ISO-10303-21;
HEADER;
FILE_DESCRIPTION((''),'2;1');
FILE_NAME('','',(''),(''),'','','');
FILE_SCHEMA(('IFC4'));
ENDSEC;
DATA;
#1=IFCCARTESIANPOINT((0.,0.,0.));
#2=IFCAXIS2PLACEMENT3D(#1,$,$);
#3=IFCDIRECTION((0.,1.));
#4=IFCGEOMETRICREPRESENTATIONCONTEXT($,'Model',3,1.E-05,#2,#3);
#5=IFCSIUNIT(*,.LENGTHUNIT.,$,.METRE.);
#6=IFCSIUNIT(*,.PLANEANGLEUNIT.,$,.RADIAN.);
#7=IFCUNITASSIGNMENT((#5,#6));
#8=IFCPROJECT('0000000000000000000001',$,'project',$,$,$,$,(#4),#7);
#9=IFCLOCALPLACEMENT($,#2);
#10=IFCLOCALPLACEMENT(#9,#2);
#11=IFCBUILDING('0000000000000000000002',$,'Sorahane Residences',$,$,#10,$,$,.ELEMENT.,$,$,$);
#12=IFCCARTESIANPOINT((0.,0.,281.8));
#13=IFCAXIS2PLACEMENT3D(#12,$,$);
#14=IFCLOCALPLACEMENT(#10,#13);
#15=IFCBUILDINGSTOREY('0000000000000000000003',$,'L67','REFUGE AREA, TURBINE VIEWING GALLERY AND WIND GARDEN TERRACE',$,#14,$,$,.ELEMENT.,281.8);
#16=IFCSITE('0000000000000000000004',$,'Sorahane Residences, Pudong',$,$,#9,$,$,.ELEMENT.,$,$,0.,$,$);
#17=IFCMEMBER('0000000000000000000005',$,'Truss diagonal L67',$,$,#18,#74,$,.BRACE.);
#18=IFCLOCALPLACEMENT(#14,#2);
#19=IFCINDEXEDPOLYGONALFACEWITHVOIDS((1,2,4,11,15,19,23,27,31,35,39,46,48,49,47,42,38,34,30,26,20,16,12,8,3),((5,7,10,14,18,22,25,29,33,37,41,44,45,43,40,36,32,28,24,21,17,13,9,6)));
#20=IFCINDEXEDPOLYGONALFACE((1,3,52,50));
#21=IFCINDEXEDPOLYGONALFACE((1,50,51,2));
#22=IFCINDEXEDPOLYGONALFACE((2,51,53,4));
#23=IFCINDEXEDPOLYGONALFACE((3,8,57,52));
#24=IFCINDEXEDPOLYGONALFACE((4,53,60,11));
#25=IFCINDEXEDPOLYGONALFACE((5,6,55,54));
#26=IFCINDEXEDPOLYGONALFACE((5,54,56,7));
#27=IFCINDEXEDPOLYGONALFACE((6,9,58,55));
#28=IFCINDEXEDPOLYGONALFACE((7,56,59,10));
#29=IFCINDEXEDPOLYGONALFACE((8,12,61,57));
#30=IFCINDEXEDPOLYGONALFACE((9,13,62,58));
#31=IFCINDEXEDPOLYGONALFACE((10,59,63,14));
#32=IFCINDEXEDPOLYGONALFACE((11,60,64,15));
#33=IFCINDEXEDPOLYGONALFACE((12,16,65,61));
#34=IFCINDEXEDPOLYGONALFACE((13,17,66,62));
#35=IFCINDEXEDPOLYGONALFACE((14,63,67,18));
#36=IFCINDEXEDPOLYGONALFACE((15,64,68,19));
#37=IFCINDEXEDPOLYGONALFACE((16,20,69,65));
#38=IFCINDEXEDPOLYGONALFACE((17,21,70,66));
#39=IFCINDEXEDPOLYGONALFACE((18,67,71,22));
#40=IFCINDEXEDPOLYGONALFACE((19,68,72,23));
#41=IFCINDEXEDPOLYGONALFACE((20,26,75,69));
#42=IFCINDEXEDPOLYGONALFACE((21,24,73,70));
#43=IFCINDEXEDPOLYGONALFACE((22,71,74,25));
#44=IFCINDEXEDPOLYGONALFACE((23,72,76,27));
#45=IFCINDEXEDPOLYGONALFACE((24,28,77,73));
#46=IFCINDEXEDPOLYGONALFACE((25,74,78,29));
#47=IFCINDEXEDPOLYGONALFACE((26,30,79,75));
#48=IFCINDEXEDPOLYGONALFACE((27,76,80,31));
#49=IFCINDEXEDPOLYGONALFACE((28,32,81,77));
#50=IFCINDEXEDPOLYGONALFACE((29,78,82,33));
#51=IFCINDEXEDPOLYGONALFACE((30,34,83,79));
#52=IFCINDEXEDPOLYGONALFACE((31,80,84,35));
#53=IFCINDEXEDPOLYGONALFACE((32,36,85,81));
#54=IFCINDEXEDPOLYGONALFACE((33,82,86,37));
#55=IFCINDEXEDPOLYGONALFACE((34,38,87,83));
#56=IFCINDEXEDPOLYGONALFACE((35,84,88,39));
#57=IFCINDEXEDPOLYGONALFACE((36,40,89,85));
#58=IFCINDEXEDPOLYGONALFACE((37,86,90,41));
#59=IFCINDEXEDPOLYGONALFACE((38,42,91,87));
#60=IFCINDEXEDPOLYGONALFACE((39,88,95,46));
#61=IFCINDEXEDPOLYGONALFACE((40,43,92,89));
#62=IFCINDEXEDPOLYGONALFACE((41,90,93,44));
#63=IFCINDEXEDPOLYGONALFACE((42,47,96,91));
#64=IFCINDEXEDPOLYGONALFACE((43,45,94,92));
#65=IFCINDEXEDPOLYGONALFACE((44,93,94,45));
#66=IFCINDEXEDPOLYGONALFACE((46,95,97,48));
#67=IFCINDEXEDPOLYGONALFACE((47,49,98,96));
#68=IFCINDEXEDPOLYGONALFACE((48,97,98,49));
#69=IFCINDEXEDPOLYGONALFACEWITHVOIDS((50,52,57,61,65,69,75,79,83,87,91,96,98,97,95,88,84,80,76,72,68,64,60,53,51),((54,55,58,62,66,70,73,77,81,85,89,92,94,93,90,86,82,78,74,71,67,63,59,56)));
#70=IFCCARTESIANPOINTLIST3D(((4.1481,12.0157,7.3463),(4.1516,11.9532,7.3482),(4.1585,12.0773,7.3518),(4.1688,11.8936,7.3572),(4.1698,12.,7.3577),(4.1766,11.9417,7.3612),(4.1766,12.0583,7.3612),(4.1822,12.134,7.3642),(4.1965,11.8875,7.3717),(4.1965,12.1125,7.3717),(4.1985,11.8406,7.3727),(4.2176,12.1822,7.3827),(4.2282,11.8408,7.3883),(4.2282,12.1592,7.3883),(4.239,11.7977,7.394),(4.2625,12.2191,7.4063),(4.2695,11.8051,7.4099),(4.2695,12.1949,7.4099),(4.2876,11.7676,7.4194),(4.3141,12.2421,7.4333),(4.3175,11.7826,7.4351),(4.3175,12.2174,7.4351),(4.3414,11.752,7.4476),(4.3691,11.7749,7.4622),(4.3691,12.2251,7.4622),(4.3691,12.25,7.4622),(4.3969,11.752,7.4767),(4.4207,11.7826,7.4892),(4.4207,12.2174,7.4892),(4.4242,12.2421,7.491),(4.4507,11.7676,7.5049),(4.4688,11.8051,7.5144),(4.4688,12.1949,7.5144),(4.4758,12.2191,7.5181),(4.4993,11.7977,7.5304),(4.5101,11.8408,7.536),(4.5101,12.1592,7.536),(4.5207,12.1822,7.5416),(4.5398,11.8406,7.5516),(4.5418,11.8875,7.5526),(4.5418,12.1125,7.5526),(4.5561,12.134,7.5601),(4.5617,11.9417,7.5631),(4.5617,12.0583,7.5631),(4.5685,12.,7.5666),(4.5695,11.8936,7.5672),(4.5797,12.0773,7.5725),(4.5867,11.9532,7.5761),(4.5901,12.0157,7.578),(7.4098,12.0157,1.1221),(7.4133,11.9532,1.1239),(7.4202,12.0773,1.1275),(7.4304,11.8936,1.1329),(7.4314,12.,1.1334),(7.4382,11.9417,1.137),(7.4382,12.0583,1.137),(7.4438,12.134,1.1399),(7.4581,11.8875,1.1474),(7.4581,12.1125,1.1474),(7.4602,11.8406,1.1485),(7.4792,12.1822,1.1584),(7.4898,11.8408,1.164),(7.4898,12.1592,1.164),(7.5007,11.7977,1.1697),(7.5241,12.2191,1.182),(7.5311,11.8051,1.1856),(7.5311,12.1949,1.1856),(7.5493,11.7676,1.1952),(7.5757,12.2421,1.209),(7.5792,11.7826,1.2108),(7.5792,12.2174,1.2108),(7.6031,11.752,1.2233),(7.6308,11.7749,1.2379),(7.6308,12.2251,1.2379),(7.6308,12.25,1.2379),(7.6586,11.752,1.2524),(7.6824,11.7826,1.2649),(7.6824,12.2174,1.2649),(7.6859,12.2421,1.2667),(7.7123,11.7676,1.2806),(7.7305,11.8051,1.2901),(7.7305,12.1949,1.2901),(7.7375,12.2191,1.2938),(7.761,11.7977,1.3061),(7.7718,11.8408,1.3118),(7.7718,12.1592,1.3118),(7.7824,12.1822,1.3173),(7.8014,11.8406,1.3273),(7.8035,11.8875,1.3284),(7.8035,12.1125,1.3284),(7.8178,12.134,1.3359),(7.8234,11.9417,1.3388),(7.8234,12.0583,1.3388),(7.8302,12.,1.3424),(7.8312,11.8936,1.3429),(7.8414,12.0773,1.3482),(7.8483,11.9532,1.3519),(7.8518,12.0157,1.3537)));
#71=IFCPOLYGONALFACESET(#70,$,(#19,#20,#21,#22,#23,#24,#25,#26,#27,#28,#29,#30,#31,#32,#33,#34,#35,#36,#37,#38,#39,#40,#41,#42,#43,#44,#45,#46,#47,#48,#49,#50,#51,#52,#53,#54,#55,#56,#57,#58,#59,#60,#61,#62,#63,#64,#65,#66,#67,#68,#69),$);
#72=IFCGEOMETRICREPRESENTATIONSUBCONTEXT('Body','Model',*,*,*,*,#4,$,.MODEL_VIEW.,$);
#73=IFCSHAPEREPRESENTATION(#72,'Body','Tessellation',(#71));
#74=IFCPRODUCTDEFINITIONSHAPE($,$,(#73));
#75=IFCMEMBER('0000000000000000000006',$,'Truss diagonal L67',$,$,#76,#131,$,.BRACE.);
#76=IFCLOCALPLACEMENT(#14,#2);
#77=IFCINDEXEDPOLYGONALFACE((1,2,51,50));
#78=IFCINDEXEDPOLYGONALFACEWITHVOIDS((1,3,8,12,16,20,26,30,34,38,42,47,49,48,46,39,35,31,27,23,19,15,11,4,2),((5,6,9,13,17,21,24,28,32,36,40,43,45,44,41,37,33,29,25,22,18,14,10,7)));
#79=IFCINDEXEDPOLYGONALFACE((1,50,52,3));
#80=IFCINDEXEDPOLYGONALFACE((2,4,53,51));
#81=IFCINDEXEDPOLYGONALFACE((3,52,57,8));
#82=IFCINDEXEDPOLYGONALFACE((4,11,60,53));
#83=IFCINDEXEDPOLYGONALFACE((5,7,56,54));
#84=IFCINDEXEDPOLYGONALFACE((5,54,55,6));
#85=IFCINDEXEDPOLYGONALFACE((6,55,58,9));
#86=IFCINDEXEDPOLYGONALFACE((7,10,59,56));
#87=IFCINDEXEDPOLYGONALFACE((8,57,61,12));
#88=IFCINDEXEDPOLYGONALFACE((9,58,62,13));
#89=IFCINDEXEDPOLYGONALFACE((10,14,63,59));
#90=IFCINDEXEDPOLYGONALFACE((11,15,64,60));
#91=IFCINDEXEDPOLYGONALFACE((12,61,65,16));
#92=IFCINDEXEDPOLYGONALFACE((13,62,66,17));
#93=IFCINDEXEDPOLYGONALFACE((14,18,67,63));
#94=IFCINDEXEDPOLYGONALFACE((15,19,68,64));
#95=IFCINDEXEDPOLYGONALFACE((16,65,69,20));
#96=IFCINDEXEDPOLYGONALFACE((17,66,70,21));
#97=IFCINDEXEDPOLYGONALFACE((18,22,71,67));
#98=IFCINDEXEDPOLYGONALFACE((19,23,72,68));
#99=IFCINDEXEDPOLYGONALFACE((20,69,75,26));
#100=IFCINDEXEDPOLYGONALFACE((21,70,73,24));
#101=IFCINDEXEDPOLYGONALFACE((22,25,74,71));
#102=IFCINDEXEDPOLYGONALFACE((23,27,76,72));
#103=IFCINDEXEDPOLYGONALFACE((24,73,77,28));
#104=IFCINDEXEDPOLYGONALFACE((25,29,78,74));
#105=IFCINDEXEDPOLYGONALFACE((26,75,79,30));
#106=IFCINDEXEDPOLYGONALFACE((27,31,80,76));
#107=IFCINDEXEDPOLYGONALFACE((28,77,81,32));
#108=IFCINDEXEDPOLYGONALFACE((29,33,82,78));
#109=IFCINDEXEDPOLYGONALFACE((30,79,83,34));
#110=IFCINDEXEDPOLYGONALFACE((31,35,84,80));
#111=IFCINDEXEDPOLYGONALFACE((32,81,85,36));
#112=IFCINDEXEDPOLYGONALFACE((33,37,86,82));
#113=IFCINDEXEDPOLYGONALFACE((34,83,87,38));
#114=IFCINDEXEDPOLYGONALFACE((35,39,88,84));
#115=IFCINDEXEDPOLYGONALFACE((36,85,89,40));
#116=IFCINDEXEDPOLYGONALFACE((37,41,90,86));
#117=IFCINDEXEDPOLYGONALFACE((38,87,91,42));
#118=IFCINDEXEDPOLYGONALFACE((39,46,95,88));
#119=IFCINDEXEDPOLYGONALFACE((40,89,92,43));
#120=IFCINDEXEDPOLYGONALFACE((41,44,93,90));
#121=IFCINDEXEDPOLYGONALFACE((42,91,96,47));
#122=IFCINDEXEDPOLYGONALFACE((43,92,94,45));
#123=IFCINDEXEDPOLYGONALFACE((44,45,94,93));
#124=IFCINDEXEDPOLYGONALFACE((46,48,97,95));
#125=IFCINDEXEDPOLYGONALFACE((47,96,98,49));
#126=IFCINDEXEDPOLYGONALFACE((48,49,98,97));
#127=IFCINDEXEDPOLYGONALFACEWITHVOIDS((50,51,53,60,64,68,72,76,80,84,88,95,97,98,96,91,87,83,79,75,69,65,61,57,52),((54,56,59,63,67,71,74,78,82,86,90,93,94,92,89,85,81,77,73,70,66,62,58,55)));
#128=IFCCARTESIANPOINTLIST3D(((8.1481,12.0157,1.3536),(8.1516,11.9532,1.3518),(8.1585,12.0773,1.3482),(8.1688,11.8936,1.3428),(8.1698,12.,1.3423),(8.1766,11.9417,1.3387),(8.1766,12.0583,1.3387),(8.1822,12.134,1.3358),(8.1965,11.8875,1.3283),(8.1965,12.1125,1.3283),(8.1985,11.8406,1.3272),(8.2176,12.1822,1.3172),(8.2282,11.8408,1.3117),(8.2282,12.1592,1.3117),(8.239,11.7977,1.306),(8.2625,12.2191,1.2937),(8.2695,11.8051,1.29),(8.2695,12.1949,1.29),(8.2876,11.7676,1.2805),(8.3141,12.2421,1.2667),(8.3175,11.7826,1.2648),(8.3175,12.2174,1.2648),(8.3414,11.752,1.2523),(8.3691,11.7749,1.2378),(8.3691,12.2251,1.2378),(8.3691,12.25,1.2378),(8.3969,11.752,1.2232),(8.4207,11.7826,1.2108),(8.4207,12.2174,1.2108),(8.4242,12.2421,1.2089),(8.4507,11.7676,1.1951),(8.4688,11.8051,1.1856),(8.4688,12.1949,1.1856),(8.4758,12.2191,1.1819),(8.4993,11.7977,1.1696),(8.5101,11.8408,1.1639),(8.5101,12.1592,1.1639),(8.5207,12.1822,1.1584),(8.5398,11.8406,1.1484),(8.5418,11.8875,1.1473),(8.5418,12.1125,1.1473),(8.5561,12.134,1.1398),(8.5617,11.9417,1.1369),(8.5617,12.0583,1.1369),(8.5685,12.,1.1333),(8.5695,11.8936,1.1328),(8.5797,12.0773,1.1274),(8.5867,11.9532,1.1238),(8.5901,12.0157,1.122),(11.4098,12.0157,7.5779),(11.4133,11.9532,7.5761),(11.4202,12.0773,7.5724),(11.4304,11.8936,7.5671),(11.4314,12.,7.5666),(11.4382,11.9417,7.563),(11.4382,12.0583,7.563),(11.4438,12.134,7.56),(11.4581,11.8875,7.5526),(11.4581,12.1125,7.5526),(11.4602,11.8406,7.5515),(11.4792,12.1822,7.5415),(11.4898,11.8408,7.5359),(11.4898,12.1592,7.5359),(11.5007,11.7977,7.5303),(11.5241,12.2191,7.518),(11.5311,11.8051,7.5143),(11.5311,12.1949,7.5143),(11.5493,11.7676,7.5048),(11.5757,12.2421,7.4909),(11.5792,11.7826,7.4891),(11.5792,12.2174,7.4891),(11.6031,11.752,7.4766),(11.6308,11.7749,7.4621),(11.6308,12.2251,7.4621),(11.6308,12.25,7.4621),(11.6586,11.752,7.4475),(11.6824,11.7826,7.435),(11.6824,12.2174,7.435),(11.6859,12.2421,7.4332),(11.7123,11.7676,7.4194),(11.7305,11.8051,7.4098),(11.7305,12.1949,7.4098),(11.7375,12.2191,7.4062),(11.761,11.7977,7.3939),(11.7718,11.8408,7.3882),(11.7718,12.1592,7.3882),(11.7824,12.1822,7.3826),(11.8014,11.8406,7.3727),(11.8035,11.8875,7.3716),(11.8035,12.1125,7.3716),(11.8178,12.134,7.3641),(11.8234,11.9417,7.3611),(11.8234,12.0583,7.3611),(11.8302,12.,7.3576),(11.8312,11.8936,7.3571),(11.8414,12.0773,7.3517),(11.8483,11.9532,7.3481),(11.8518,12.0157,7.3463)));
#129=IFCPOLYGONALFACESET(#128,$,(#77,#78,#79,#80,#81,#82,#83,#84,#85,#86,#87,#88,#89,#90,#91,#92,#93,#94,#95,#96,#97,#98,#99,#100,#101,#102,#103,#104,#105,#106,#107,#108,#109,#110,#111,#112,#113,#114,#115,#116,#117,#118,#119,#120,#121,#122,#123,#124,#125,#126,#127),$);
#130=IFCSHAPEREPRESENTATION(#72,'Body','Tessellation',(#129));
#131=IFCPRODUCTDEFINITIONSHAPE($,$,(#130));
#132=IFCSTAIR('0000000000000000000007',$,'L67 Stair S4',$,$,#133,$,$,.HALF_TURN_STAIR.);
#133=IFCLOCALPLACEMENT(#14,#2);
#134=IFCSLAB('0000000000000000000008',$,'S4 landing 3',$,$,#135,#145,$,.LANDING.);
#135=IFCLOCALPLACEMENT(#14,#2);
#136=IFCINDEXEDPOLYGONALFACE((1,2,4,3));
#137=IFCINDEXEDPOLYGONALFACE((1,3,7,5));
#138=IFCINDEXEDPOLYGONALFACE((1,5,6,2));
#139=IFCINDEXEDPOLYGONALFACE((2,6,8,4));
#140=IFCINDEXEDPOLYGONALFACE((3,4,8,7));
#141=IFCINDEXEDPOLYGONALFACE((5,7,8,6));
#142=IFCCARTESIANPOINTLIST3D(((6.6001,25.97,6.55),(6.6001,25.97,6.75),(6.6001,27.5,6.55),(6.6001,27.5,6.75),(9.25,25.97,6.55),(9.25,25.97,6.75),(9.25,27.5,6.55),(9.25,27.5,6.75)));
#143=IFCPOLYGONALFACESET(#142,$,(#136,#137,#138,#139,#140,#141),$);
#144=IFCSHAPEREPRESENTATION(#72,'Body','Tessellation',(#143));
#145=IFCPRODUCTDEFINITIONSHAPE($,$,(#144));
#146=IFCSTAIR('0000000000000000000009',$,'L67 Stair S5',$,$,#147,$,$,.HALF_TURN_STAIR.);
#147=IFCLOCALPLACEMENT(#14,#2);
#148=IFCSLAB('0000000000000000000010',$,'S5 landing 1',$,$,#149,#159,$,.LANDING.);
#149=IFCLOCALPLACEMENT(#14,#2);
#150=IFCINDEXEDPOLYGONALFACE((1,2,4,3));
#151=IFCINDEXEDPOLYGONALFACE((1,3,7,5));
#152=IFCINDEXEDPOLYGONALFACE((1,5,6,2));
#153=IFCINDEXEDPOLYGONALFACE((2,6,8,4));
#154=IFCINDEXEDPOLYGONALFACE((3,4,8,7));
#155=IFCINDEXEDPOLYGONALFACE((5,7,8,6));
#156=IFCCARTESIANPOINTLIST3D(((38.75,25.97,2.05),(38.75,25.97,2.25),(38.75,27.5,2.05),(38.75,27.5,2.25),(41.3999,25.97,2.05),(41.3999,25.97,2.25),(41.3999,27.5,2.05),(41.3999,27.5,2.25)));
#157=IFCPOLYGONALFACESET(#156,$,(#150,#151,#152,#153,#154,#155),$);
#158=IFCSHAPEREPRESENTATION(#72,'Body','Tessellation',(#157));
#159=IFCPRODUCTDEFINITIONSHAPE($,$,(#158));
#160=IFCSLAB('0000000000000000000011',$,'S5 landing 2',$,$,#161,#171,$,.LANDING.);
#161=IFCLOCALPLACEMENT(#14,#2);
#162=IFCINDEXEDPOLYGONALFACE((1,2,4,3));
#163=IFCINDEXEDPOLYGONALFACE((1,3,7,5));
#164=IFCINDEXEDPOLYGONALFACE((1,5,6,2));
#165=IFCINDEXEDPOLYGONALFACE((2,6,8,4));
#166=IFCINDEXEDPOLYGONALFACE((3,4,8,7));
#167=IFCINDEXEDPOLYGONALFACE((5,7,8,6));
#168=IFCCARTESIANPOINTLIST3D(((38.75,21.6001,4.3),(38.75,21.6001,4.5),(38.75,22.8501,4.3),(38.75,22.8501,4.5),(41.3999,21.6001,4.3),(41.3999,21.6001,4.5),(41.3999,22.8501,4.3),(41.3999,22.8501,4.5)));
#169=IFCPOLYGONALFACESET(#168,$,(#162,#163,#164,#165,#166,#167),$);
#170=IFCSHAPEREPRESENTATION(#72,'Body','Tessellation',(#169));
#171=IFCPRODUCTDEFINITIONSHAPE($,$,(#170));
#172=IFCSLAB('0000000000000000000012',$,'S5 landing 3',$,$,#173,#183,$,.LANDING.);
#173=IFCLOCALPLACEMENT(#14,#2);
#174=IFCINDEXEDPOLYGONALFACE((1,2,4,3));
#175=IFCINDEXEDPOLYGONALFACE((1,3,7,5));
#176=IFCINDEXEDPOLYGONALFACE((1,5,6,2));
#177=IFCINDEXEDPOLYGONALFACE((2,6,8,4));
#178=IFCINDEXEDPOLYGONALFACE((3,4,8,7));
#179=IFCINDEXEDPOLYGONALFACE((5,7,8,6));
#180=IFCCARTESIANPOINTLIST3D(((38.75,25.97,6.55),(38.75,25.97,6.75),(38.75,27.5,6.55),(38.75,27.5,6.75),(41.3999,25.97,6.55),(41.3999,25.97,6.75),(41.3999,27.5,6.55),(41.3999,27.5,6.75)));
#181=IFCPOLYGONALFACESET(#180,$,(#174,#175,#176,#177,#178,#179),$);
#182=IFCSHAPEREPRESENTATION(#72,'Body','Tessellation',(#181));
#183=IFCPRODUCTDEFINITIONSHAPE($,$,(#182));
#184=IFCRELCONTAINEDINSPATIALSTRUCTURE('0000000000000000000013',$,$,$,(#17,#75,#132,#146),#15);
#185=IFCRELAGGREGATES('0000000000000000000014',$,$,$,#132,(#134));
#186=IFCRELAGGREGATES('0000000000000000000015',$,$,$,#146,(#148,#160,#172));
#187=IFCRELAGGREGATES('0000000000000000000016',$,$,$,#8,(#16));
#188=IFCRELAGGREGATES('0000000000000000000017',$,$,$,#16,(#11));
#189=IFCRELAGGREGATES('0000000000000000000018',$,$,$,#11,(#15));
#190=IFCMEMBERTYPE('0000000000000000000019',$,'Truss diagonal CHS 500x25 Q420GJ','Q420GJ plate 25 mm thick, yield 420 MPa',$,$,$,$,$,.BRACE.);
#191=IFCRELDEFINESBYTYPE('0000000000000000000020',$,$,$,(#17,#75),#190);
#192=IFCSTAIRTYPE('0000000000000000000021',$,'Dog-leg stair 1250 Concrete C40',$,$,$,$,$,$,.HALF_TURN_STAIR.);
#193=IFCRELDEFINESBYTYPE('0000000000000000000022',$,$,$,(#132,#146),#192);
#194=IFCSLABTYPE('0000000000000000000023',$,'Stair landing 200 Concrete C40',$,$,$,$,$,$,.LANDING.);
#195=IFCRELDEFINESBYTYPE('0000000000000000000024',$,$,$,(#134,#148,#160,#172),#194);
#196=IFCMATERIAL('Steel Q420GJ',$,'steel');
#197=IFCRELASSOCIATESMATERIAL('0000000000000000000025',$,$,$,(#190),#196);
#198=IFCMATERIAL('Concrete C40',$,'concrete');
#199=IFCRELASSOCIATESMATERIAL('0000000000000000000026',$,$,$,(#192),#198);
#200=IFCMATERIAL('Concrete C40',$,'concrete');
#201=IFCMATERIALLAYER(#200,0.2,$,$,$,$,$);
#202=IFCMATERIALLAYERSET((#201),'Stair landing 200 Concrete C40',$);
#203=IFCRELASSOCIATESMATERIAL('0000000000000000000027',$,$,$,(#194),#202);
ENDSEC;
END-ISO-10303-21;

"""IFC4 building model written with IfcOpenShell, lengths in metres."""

from ifc_helpers import new_model, si_unit, direction, frame, origin, origin_2d, place, context, subcontext, project, spatial, polyline, hollow_circle, outline, extrude, material, layer, layer_set, material_profile, profile_set, type_object, element, aggregate, save


model = new_model("IFC4")

# Units and contexts
model_context = context("Model", 3, precision=1e-05, world=origin(), true_north=direction((0.0, 1.0)))
body_context = subcontext(model_context, "Body", "Model", "MODEL_VIEW")
ifc_project = project(units=[si_unit("LENGTHUNIT", "METRE"), si_unit("PLANEANGLEUNIT", "RADIAN")], contexts=[model_context])

# Site, building, storey
site_placement = place(None, origin())
site = spatial("IfcSite", under=ifc_project, at=site_placement, Name="Sorahane Residences, Pudong", CompositionType="ELEMENT", RefElevation=0.0)
building_placement = place(site_placement, origin())
building = spatial("IfcBuilding", under=site, at=building_placement, Name="Sorahane Residences", CompositionType="ELEMENT")
storey_placement = place(building_placement, frame((0.0, 0.0, 281.8)))
storey = spatial("IfcBuildingStorey", under=building, at=storey_placement, Name="L67", Description="REFUGE AREA, TURBINE VIEWING GALLERY AND WIND GARDEN TERRACE", CompositionType="ELEMENT", Elevation=281.8)

# Members
ifc_material_1 = material(Name="Steel Q420GJ", Category="steel")
ifc_material_profile_1 = material_profile(ifc_material_1, hollow_circle(Radius=0.25, WallThickness=0.0249, at=origin_2d()), Name="CHS 500x25")
ifc_profile_set_1 = profile_set([ifc_material_profile_1], Name="Steel Q420GJ")
member_type = type_object("IfcMemberType", Name="Truss diagonal CHS 500x25 Q420GJ", Description="Q420GJ plate 25 mm thick, yield 420 MPa", PredefinedType="BRACE", material=ifc_profile_set_1)
for number, where, z_axis, x_axis, name in (
    (1, (4.3691, 12.0, 7.4622), (0.464156, 0.0, -0.885753), (0.0, 1.0, 0.0), "Truss diagonal L67"),
    (2, (8.3691, 12.0, 1.2378), (0.464156, 0.0, 0.885753), (0.0, 1.0, 0.0), "Truss diagonal L67"),
):
    element("IfcMember", number, at=place(storey_placement, frame(where, z_axis=z_axis, x_axis=x_axis)), inside=storey, type_object=member_type, Name=name, PredefinedType="BRACE", context=body_context, shape_type="SweptSolid", body=[
        extrude(hollow_circle(Radius=0.25, WallThickness=0.0249, at=origin_2d()), origin(), (0.0, 0.0, 1.0), 7.0271),
    ])

# Stair, slab
ifc_material_2 = material(Name="Concrete C40", Category="concrete")
stair_type = type_object("IfcStairType", Name="Dog-leg stair 1250 Concrete C40", PredefinedType="HALF_TURN_STAIR", material=ifc_material_2)
stair_1_placement = place(storey_placement, origin())
stair_1 = element("IfcStair", 3, at=stair_1_placement, inside=storey, type_object=stair_type, Name="L67 Stair S4", PredefinedType="HALF_TURN_STAIR")
ifc_material_3 = material(Name="Concrete C40", Category="concrete")
ifc_layer_1 = layer(ifc_material_3, 0.2)
ifc_layer_set_1 = layer_set([ifc_layer_1], Name="Stair landing 200 Concrete C40")
slab_type = type_object("IfcSlabType", Name="Stair landing 200 Concrete C40", PredefinedType="LANDING", material=ifc_layer_set_1)
slab_1_placement = place(storey_placement, frame((0.0, 0.0, 6.55)))
slab_1 = element("IfcSlab", 4, at=slab_1_placement, type_object=slab_type, Name="S4 landing 3", PredefinedType="LANDING", context=body_context, shape_type="SweptSolid", body=[
    extrude(outline(polyline([(9.25, 25.97), (9.25, 27.5), (6.6001, 27.5), (6.6001, 25.97), (9.25, 25.97)])), origin(), (0.0, 0.0, 1.0), 0.2),
])
aggregate(stair_1, [slab_1])

# Stair, slabs
stair_2_placement = place(storey_placement, origin())
stair_2 = element("IfcStair", 5, at=stair_2_placement, inside=storey, type_object=stair_type, Name="L67 Stair S5", PredefinedType="HALF_TURN_STAIR")
slab_2_placement = place(storey_placement, frame((0.0, 0.0, 2.05)))
slab_2 = element("IfcSlab", 6, at=slab_2_placement, type_object=slab_type, Name="S5 landing 1", PredefinedType="LANDING", context=body_context, shape_type="SweptSolid", body=[
    extrude(outline(polyline([(41.3999, 25.97), (41.3999, 27.5), (38.75, 27.5), (38.75, 25.97), (41.3999, 25.97)])), origin(), (0.0, 0.0, 1.0), 0.2),
])
slab_3_placement = place(storey_placement, frame((0.0, 0.0, 4.3)))
slab_3 = element("IfcSlab", 7, at=slab_3_placement, type_object=slab_type, Name="S5 landing 2", PredefinedType="LANDING", context=body_context, shape_type="SweptSolid", body=[
    extrude(outline(polyline([(41.3999, 21.6001), (41.3999, 22.8501), (38.75, 22.8501), (38.75, 21.6001), (41.3999, 21.6001)])), origin(), (0.0, 0.0, 1.0), 0.2),
])
slab_4_placement = place(storey_placement, frame((0.0, 0.0, 6.55)))
slab_4 = element("IfcSlab", 8, at=slab_4_placement, type_object=slab_type, Name="S5 landing 3", PredefinedType="LANDING", context=body_context, shape_type="SweptSolid", body=[
    extrude(outline(polyline([(41.3999, 25.97), (41.3999, 27.5), (38.75, 27.5), (38.75, 25.97), (41.3999, 25.97)])), origin(), (0.0, 0.0, 1.0), 0.2),
])
aggregate(stair_2, [slab_2, slab_3, slab_4])

save(model, "model.ifc")
